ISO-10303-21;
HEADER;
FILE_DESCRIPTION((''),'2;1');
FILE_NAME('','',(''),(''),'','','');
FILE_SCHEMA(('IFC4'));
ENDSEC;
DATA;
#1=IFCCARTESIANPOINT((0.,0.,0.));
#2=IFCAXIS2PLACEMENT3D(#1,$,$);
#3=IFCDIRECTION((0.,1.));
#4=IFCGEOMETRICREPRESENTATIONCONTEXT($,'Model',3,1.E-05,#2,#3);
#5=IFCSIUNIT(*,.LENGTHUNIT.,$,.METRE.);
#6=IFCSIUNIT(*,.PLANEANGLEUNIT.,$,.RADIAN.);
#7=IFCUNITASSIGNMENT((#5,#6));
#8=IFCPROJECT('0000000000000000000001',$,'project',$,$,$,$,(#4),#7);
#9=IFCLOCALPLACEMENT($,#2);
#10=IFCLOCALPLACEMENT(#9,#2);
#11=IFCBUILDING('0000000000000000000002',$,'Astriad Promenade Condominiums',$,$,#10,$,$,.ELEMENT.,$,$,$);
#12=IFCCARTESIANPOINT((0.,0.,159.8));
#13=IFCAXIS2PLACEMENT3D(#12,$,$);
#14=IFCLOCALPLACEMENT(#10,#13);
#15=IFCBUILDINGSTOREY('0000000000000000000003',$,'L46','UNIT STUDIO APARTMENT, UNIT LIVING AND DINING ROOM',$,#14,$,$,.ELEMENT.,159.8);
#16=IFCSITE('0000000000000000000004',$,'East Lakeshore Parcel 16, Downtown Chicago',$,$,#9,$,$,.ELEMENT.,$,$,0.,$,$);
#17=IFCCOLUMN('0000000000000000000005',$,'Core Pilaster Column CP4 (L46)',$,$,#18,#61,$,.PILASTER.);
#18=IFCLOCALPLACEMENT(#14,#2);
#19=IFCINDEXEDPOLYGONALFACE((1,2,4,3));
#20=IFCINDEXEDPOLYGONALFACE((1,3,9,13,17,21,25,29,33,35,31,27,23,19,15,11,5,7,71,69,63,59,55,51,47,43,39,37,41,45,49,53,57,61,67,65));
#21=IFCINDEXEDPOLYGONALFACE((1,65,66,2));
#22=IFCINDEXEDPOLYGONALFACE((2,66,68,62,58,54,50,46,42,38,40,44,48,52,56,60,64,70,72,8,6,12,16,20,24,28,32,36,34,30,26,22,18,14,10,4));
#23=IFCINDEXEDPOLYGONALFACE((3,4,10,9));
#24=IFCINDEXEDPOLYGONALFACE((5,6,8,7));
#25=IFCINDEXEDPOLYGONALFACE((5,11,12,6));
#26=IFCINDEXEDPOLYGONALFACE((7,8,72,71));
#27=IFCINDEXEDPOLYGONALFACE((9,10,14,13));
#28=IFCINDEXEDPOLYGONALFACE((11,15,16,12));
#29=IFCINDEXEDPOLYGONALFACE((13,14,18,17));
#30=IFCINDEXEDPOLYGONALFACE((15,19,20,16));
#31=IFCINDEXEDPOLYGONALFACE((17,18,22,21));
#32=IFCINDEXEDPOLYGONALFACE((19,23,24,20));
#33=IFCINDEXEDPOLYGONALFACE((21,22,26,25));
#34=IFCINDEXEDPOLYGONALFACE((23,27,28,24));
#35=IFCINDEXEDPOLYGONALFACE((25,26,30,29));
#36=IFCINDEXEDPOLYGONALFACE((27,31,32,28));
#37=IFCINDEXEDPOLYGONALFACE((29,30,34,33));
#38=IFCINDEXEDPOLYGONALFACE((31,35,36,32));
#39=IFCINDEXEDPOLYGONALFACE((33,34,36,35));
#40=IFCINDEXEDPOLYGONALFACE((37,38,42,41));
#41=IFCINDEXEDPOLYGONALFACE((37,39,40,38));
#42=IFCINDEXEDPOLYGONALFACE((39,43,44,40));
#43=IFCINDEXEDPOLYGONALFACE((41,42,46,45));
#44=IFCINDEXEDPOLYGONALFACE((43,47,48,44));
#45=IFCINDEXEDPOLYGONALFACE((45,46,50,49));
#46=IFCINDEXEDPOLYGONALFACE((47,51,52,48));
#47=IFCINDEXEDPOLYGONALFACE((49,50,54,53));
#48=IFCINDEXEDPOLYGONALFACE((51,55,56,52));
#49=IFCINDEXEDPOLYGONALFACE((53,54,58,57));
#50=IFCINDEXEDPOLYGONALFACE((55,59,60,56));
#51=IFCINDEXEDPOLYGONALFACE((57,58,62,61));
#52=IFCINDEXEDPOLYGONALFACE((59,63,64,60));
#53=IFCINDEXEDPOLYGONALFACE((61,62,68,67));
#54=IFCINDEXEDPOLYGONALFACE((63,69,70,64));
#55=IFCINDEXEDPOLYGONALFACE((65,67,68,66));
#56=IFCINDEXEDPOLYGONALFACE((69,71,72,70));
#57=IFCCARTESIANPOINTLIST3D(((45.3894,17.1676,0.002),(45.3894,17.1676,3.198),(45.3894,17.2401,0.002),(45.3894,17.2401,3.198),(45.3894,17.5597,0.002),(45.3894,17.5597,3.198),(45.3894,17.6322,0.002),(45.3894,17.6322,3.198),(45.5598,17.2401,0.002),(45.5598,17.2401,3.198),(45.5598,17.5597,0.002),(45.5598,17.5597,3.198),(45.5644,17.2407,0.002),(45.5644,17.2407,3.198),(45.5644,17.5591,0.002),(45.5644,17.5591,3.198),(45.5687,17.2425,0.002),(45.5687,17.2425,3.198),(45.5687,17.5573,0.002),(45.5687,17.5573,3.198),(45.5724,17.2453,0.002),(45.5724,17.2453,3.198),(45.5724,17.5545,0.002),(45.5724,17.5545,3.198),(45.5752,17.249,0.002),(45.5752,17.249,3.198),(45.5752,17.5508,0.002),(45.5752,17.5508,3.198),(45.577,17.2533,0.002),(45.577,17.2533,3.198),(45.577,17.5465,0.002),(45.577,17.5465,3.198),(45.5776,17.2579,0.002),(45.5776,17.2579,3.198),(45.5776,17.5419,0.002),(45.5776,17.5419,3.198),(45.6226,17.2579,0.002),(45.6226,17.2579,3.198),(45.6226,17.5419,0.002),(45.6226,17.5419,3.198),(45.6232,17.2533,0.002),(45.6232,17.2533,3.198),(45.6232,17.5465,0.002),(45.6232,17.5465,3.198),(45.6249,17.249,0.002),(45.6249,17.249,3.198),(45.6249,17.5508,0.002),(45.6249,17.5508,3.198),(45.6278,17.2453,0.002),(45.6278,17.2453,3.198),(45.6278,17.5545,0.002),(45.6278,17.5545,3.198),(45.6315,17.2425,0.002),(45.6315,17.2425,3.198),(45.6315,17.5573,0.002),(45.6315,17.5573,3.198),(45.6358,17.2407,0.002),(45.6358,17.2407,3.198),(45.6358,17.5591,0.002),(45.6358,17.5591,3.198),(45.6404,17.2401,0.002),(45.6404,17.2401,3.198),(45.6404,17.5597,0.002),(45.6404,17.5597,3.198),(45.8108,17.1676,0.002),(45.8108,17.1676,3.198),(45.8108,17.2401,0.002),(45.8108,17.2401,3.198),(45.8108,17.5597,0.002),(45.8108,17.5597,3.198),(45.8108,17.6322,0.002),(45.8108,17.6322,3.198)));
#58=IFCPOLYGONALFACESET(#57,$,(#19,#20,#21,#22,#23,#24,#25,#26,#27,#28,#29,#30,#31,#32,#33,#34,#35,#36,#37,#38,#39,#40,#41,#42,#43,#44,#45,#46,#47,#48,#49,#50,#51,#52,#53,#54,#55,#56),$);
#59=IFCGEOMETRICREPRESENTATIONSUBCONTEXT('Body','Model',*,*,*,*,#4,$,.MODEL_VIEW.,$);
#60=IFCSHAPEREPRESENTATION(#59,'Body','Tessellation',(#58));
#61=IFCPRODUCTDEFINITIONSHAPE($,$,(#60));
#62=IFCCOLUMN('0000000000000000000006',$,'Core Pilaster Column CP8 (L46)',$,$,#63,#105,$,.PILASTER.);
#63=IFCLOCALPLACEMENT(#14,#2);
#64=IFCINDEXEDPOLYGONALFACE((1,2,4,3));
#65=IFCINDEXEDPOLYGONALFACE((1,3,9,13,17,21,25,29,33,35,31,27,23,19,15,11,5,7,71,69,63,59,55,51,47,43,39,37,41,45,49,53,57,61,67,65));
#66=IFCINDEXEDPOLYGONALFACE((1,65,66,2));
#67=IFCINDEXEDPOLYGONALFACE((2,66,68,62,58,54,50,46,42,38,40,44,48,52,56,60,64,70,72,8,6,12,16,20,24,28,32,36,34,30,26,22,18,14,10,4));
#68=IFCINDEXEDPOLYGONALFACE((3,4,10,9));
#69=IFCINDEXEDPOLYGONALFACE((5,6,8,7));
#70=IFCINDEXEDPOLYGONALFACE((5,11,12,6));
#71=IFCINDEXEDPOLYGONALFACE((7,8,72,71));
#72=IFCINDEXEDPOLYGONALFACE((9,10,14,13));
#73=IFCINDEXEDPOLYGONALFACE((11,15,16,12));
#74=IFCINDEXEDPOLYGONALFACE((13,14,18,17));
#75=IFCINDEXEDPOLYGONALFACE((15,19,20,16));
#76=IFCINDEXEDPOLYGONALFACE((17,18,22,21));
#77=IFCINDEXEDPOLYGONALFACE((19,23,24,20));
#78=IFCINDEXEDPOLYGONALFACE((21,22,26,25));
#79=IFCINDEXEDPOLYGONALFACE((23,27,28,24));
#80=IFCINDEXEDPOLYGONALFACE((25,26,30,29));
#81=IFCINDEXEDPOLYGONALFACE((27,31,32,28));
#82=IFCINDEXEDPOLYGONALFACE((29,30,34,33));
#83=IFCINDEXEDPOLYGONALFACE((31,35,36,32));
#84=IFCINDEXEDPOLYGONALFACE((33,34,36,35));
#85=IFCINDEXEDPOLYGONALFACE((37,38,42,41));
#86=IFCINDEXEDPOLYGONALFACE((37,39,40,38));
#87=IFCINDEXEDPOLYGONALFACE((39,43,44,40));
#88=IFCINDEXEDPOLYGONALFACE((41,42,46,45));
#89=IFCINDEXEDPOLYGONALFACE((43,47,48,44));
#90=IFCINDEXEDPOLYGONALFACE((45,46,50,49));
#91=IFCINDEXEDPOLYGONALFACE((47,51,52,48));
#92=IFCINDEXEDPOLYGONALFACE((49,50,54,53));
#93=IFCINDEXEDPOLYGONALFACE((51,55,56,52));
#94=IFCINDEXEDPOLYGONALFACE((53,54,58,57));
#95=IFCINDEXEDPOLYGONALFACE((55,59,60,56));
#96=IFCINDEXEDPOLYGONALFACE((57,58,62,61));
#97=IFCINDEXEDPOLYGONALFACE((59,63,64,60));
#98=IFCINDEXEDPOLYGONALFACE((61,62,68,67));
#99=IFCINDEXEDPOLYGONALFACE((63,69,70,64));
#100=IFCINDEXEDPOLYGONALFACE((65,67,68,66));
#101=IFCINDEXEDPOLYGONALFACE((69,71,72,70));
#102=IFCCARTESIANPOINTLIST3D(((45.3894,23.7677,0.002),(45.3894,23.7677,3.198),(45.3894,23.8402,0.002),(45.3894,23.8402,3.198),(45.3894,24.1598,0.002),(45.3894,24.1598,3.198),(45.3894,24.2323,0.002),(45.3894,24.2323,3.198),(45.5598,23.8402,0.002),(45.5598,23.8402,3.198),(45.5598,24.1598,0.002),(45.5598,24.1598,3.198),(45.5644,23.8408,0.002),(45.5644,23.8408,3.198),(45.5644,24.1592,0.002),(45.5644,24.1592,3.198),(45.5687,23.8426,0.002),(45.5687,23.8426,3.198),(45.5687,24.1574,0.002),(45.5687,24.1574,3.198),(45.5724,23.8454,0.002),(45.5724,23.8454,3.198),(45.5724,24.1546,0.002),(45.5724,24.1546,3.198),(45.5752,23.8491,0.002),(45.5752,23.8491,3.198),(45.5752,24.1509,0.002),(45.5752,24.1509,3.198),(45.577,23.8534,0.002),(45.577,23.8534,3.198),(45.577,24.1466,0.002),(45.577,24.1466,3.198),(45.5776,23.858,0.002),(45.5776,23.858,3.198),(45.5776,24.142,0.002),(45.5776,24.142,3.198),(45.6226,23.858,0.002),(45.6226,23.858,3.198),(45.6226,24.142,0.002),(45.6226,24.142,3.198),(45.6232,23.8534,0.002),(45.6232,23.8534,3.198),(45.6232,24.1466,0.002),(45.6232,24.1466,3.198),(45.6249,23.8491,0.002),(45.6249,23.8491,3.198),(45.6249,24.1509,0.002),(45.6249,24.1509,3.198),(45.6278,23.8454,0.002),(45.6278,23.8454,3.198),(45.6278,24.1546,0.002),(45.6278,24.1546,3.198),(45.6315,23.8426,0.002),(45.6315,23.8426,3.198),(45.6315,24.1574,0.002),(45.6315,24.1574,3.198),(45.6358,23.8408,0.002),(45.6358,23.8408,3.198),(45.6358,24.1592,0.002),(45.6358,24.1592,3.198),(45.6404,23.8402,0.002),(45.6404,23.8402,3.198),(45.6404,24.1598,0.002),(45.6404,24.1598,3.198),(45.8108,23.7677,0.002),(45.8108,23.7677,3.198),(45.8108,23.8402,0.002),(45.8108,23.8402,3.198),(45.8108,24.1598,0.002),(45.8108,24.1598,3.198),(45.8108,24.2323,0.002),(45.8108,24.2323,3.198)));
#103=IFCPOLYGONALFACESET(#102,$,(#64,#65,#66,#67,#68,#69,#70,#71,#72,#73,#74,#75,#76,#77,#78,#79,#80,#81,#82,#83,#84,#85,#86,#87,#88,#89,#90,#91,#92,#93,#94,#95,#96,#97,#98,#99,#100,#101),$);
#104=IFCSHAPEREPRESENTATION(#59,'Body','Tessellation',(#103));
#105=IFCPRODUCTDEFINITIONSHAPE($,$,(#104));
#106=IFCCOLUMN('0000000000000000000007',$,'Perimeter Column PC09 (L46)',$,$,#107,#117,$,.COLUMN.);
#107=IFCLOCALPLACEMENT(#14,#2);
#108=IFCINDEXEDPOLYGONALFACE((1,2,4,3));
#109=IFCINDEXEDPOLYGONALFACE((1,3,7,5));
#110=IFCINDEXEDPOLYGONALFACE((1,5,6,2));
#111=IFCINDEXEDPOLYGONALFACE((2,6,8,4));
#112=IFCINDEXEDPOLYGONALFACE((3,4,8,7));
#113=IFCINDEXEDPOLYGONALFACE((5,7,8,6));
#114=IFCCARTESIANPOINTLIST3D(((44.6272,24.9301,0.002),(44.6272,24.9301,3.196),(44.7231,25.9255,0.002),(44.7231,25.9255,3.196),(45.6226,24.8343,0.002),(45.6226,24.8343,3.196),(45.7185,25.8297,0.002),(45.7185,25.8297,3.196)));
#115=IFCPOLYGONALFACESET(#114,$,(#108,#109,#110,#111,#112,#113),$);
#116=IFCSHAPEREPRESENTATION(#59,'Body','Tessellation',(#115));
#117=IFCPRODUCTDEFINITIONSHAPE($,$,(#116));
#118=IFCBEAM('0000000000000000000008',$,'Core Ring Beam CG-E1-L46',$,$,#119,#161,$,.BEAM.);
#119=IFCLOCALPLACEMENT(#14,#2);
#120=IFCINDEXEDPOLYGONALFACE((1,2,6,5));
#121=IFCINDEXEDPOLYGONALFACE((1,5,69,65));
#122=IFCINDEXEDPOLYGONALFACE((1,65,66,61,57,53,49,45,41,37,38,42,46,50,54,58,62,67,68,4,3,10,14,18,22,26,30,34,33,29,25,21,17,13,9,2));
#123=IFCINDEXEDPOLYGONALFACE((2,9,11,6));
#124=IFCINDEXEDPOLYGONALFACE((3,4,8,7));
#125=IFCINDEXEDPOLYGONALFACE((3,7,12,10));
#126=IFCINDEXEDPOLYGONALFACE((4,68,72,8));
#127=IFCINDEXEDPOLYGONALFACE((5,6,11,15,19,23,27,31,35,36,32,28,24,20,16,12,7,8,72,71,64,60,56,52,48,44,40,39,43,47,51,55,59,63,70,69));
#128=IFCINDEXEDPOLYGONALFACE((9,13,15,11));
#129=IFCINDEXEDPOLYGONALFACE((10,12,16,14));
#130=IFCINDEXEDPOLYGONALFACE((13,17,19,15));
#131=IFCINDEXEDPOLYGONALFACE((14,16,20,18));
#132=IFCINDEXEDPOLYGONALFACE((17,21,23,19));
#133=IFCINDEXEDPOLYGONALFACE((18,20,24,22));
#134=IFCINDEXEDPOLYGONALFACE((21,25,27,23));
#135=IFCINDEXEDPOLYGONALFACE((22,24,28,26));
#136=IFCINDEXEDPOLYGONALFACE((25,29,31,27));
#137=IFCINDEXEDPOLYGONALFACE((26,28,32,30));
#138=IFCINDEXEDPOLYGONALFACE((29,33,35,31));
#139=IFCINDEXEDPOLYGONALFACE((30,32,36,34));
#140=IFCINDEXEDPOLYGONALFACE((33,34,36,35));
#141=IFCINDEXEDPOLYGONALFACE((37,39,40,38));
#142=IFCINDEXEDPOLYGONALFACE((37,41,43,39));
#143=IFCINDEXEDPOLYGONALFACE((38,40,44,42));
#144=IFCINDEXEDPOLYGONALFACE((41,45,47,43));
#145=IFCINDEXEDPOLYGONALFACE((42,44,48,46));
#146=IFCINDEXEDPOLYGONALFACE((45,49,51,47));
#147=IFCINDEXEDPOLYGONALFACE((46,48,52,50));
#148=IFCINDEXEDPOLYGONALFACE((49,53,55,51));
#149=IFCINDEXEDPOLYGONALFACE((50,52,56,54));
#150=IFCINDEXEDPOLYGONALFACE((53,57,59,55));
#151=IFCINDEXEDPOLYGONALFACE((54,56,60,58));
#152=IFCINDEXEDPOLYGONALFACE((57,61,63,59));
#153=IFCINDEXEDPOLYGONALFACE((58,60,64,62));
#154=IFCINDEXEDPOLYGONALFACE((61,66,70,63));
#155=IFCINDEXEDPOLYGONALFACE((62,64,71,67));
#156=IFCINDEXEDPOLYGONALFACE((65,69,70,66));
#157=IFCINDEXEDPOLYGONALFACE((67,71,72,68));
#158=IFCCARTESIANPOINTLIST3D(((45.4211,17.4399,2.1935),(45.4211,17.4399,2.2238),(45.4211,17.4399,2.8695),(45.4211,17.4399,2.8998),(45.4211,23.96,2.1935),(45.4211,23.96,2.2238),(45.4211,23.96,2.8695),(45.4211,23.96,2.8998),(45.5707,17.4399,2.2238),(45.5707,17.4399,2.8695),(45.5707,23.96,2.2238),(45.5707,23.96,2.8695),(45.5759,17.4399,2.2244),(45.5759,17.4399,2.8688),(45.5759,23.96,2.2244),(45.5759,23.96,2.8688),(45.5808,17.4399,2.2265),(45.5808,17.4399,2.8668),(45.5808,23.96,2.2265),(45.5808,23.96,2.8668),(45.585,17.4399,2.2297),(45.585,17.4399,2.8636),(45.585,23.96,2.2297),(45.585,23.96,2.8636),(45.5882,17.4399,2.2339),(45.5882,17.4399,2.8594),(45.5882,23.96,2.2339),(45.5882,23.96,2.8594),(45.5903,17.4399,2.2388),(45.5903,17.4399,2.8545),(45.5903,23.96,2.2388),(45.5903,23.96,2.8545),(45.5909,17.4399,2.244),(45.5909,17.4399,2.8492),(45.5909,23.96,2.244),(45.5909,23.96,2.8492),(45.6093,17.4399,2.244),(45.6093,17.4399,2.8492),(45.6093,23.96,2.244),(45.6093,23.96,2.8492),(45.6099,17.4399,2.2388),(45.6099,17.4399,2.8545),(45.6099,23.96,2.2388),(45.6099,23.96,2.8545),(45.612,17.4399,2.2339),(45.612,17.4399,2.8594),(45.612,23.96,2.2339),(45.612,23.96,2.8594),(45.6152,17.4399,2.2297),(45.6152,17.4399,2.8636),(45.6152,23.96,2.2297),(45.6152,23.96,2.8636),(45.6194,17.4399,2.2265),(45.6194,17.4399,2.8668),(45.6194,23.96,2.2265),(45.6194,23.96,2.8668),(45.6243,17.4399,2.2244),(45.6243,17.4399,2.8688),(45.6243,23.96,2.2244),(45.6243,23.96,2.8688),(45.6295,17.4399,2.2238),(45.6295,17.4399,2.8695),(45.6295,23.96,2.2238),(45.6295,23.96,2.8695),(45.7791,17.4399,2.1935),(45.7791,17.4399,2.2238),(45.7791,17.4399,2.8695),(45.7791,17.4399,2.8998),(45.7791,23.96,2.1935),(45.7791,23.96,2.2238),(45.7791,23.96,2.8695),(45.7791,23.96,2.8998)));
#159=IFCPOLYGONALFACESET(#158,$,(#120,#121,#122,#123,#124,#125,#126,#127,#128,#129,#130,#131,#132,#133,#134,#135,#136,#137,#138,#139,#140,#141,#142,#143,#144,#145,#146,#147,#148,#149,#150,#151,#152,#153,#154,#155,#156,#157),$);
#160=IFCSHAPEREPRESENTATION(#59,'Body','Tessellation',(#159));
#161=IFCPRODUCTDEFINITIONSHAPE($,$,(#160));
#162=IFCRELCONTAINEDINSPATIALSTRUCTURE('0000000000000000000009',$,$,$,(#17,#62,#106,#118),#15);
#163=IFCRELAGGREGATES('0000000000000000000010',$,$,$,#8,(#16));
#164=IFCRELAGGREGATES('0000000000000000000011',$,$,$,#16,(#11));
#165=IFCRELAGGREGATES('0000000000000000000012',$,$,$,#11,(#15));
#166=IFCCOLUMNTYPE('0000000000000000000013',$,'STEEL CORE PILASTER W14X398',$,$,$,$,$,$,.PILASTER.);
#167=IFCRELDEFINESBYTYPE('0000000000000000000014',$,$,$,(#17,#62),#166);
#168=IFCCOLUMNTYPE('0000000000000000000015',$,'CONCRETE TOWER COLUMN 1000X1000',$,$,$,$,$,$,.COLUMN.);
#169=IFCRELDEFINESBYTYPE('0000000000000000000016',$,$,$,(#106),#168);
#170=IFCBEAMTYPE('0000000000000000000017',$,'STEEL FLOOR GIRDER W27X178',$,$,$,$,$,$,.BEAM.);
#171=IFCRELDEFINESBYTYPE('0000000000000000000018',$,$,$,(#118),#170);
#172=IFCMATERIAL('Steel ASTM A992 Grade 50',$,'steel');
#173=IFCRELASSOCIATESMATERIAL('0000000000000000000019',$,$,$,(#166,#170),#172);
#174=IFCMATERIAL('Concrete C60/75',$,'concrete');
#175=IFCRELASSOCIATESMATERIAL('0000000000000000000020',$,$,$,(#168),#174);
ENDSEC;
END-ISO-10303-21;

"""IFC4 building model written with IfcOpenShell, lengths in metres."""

from ifc_helpers import new_model, si_unit, direction, frame, origin, origin_2d, place, context, subcontext, project, spatial, rectangle, i_section, extrude, source, transform, mapped, material, material_profile, profile_set, type_object, type_shapes, element, save


model = new_model("IFC4")

# Units and contexts
model_context = context("Model", 3, precision=1e-05, world=origin(), true_north=direction((0.0, 1.0)))
body_context = subcontext(model_context, "Body", "Model", "MODEL_VIEW")
ifc_project = project(units=[si_unit("LENGTHUNIT", "METRE"), si_unit("PLANEANGLEUNIT", "RADIAN")], contexts=[model_context])

# Site, building, storey
site_placement = place(None, origin())
site = spatial("IfcSite", under=ifc_project, at=site_placement, Name="East Lakeshore Parcel 16, Downtown Chicago", CompositionType="ELEMENT", RefElevation=0.0)
building_placement = place(site_placement, origin())
building = spatial("IfcBuilding", under=site, at=building_placement, Name="Astriad Promenade Condominiums", CompositionType="ELEMENT")
storey_placement = place(building_placement, frame((0.0, 0.0, 159.8)))
storey = spatial("IfcBuildingStorey", under=building, at=storey_placement, Name="L46", Description="UNIT STUDIO APARTMENT, UNIT LIVING AND DINING ROOM", CompositionType="ELEMENT", Elevation=159.8)

# Columns
ifc_material_1 = material(Name="Steel ASTM A992 Grade 50", Category="steel")
ifc_material_profile_1 = material_profile(ifc_material_1, i_section(OverallWidth=0.4214, OverallDepth=0.4646, WebThickness=0.0449, FlangeThickness=0.0725, FilletRadius=0.0178, at=origin_2d()), Name="W14X398")
ifc_profile_set_1 = profile_set([ifc_material_profile_1], Name="Steel ASTM A992 Grade 50")
column_type_1 = type_object("IfcColumnType", Name="STEEL CORE PILASTER W14X398", PredefinedType="PILASTER", material=ifc_profile_set_1)
shared_shape_1 = source(origin(), body_context, "Body", "SweptSolid", [
    extrude(i_section(OverallWidth=0.4214, OverallDepth=0.4646, WebThickness=0.0449, FlangeThickness=0.0725, FilletRadius=0.0178, at=origin_2d()), origin(), (0.0, 0.0, 1.0), 3.196),
])
type_shapes(column_type_1, [shared_shape_1])
for number, where, z_axis, x_axis, name in (
    (1, (45.6001, 17.3999, 0.002), (0.0, 0.0, 1.0), (1.0, 0.0, 0.0), "Core Pilaster Column CP4 (L46)"),
    (2, (45.6001, 24.0, 0.002), (0.0, 0.0, 1.0), (1.0, 0.0, 0.0), "Core Pilaster Column CP8 (L46)"),
):
    element("IfcColumn", number, at=place(storey_placement, frame(where, z_axis=z_axis, x_axis=x_axis)), inside=storey, type_object=column_type_1, Name=name, PredefinedType="PILASTER", context=body_context, shape_type="MappedRepresentation", body=[
        mapped(shared_shape_1, transform((0.0, 0.0, 0.0), scale=1.0)),
    ])
ifc_material_2 = material(Name="Concrete C60/75", Category="concrete")
ifc_material_profile_2 = material_profile(ifc_material_2, rectangle(XDim=1.0, YDim=1.0, at=origin_2d()), Name="RC-COL-1000X1000")
ifc_profile_set_2 = profile_set([ifc_material_profile_2], Name="Concrete C60/75")
column_type_2 = type_object("IfcColumnType", Name="CONCRETE TOWER COLUMN 1000X1000", PredefinedType="COLUMN", material=ifc_profile_set_2)
shared_shape_2 = source(origin(), body_context, "Body", "SweptSolid", [
    extrude(rectangle(XDim=1.0, YDim=1.0, at=origin_2d()), origin(), (0.0, 0.0, 1.0), 3.1941),
])
type_shapes(column_type_2, [shared_shape_2])
column_placement = place(storey_placement, frame((45.1729, 25.3799, 0.002), z_axis=(0.0, 0.0, 1.0), x_axis=(0.995396, -0.095846, 0.0)))
element("IfcColumn", 3, at=column_placement, inside=storey, type_object=column_type_2, Name="Perimeter Column PC09 (L46)", PredefinedType="COLUMN", context=body_context, shape_type="MappedRepresentation", body=[
    mapped(shared_shape_2, transform((0.0, 0.0, 0.0), scale=1.0)),
])

# Beam
ifc_material_profile_3 = material_profile(ifc_material_1, i_section(OverallWidth=0.3579, OverallDepth=0.7063, WebThickness=0.0183, FlangeThickness=0.0303, FilletRadius=0.0203, at=origin_2d()), Name="W27X178")
ifc_profile_set_3 = profile_set([ifc_material_profile_3], Name="Steel ASTM A992 Grade 50")
beam_type_1 = type_object("IfcBeamType", Name="STEEL FLOOR GIRDER W27X178", PredefinedType="BEAM", material=ifc_profile_set_3)
shared_shape_3 = source(origin(), body_context, "Body", "SweptSolid", [
    extrude(i_section(OverallWidth=0.3579, OverallDepth=0.7063, WebThickness=0.0183, FlangeThickness=0.0303, FilletRadius=0.0203, at=origin_2d()), origin(), (0.0, 0.0, 1.0), 6.52),
])
type_shapes(beam_type_1, [shared_shape_3])
beam_1_placement = place(storey_placement, frame((45.6001, 17.4399, 2.5466), z_axis=(0.0, 1.0, 0.0), x_axis=(-1.0, 0.0, 0.0)))
element("IfcBeam", 4, at=beam_1_placement, inside=storey, type_object=beam_type_1, Name="Core Ring Beam CG-E1-L46", PredefinedType="BEAM", context=body_context, shape_type="MappedRepresentation", body=[
    mapped(shared_shape_3, transform((0.0, 0.0, 0.0), scale=1.0)),
])

save(model, "model.ifc")
